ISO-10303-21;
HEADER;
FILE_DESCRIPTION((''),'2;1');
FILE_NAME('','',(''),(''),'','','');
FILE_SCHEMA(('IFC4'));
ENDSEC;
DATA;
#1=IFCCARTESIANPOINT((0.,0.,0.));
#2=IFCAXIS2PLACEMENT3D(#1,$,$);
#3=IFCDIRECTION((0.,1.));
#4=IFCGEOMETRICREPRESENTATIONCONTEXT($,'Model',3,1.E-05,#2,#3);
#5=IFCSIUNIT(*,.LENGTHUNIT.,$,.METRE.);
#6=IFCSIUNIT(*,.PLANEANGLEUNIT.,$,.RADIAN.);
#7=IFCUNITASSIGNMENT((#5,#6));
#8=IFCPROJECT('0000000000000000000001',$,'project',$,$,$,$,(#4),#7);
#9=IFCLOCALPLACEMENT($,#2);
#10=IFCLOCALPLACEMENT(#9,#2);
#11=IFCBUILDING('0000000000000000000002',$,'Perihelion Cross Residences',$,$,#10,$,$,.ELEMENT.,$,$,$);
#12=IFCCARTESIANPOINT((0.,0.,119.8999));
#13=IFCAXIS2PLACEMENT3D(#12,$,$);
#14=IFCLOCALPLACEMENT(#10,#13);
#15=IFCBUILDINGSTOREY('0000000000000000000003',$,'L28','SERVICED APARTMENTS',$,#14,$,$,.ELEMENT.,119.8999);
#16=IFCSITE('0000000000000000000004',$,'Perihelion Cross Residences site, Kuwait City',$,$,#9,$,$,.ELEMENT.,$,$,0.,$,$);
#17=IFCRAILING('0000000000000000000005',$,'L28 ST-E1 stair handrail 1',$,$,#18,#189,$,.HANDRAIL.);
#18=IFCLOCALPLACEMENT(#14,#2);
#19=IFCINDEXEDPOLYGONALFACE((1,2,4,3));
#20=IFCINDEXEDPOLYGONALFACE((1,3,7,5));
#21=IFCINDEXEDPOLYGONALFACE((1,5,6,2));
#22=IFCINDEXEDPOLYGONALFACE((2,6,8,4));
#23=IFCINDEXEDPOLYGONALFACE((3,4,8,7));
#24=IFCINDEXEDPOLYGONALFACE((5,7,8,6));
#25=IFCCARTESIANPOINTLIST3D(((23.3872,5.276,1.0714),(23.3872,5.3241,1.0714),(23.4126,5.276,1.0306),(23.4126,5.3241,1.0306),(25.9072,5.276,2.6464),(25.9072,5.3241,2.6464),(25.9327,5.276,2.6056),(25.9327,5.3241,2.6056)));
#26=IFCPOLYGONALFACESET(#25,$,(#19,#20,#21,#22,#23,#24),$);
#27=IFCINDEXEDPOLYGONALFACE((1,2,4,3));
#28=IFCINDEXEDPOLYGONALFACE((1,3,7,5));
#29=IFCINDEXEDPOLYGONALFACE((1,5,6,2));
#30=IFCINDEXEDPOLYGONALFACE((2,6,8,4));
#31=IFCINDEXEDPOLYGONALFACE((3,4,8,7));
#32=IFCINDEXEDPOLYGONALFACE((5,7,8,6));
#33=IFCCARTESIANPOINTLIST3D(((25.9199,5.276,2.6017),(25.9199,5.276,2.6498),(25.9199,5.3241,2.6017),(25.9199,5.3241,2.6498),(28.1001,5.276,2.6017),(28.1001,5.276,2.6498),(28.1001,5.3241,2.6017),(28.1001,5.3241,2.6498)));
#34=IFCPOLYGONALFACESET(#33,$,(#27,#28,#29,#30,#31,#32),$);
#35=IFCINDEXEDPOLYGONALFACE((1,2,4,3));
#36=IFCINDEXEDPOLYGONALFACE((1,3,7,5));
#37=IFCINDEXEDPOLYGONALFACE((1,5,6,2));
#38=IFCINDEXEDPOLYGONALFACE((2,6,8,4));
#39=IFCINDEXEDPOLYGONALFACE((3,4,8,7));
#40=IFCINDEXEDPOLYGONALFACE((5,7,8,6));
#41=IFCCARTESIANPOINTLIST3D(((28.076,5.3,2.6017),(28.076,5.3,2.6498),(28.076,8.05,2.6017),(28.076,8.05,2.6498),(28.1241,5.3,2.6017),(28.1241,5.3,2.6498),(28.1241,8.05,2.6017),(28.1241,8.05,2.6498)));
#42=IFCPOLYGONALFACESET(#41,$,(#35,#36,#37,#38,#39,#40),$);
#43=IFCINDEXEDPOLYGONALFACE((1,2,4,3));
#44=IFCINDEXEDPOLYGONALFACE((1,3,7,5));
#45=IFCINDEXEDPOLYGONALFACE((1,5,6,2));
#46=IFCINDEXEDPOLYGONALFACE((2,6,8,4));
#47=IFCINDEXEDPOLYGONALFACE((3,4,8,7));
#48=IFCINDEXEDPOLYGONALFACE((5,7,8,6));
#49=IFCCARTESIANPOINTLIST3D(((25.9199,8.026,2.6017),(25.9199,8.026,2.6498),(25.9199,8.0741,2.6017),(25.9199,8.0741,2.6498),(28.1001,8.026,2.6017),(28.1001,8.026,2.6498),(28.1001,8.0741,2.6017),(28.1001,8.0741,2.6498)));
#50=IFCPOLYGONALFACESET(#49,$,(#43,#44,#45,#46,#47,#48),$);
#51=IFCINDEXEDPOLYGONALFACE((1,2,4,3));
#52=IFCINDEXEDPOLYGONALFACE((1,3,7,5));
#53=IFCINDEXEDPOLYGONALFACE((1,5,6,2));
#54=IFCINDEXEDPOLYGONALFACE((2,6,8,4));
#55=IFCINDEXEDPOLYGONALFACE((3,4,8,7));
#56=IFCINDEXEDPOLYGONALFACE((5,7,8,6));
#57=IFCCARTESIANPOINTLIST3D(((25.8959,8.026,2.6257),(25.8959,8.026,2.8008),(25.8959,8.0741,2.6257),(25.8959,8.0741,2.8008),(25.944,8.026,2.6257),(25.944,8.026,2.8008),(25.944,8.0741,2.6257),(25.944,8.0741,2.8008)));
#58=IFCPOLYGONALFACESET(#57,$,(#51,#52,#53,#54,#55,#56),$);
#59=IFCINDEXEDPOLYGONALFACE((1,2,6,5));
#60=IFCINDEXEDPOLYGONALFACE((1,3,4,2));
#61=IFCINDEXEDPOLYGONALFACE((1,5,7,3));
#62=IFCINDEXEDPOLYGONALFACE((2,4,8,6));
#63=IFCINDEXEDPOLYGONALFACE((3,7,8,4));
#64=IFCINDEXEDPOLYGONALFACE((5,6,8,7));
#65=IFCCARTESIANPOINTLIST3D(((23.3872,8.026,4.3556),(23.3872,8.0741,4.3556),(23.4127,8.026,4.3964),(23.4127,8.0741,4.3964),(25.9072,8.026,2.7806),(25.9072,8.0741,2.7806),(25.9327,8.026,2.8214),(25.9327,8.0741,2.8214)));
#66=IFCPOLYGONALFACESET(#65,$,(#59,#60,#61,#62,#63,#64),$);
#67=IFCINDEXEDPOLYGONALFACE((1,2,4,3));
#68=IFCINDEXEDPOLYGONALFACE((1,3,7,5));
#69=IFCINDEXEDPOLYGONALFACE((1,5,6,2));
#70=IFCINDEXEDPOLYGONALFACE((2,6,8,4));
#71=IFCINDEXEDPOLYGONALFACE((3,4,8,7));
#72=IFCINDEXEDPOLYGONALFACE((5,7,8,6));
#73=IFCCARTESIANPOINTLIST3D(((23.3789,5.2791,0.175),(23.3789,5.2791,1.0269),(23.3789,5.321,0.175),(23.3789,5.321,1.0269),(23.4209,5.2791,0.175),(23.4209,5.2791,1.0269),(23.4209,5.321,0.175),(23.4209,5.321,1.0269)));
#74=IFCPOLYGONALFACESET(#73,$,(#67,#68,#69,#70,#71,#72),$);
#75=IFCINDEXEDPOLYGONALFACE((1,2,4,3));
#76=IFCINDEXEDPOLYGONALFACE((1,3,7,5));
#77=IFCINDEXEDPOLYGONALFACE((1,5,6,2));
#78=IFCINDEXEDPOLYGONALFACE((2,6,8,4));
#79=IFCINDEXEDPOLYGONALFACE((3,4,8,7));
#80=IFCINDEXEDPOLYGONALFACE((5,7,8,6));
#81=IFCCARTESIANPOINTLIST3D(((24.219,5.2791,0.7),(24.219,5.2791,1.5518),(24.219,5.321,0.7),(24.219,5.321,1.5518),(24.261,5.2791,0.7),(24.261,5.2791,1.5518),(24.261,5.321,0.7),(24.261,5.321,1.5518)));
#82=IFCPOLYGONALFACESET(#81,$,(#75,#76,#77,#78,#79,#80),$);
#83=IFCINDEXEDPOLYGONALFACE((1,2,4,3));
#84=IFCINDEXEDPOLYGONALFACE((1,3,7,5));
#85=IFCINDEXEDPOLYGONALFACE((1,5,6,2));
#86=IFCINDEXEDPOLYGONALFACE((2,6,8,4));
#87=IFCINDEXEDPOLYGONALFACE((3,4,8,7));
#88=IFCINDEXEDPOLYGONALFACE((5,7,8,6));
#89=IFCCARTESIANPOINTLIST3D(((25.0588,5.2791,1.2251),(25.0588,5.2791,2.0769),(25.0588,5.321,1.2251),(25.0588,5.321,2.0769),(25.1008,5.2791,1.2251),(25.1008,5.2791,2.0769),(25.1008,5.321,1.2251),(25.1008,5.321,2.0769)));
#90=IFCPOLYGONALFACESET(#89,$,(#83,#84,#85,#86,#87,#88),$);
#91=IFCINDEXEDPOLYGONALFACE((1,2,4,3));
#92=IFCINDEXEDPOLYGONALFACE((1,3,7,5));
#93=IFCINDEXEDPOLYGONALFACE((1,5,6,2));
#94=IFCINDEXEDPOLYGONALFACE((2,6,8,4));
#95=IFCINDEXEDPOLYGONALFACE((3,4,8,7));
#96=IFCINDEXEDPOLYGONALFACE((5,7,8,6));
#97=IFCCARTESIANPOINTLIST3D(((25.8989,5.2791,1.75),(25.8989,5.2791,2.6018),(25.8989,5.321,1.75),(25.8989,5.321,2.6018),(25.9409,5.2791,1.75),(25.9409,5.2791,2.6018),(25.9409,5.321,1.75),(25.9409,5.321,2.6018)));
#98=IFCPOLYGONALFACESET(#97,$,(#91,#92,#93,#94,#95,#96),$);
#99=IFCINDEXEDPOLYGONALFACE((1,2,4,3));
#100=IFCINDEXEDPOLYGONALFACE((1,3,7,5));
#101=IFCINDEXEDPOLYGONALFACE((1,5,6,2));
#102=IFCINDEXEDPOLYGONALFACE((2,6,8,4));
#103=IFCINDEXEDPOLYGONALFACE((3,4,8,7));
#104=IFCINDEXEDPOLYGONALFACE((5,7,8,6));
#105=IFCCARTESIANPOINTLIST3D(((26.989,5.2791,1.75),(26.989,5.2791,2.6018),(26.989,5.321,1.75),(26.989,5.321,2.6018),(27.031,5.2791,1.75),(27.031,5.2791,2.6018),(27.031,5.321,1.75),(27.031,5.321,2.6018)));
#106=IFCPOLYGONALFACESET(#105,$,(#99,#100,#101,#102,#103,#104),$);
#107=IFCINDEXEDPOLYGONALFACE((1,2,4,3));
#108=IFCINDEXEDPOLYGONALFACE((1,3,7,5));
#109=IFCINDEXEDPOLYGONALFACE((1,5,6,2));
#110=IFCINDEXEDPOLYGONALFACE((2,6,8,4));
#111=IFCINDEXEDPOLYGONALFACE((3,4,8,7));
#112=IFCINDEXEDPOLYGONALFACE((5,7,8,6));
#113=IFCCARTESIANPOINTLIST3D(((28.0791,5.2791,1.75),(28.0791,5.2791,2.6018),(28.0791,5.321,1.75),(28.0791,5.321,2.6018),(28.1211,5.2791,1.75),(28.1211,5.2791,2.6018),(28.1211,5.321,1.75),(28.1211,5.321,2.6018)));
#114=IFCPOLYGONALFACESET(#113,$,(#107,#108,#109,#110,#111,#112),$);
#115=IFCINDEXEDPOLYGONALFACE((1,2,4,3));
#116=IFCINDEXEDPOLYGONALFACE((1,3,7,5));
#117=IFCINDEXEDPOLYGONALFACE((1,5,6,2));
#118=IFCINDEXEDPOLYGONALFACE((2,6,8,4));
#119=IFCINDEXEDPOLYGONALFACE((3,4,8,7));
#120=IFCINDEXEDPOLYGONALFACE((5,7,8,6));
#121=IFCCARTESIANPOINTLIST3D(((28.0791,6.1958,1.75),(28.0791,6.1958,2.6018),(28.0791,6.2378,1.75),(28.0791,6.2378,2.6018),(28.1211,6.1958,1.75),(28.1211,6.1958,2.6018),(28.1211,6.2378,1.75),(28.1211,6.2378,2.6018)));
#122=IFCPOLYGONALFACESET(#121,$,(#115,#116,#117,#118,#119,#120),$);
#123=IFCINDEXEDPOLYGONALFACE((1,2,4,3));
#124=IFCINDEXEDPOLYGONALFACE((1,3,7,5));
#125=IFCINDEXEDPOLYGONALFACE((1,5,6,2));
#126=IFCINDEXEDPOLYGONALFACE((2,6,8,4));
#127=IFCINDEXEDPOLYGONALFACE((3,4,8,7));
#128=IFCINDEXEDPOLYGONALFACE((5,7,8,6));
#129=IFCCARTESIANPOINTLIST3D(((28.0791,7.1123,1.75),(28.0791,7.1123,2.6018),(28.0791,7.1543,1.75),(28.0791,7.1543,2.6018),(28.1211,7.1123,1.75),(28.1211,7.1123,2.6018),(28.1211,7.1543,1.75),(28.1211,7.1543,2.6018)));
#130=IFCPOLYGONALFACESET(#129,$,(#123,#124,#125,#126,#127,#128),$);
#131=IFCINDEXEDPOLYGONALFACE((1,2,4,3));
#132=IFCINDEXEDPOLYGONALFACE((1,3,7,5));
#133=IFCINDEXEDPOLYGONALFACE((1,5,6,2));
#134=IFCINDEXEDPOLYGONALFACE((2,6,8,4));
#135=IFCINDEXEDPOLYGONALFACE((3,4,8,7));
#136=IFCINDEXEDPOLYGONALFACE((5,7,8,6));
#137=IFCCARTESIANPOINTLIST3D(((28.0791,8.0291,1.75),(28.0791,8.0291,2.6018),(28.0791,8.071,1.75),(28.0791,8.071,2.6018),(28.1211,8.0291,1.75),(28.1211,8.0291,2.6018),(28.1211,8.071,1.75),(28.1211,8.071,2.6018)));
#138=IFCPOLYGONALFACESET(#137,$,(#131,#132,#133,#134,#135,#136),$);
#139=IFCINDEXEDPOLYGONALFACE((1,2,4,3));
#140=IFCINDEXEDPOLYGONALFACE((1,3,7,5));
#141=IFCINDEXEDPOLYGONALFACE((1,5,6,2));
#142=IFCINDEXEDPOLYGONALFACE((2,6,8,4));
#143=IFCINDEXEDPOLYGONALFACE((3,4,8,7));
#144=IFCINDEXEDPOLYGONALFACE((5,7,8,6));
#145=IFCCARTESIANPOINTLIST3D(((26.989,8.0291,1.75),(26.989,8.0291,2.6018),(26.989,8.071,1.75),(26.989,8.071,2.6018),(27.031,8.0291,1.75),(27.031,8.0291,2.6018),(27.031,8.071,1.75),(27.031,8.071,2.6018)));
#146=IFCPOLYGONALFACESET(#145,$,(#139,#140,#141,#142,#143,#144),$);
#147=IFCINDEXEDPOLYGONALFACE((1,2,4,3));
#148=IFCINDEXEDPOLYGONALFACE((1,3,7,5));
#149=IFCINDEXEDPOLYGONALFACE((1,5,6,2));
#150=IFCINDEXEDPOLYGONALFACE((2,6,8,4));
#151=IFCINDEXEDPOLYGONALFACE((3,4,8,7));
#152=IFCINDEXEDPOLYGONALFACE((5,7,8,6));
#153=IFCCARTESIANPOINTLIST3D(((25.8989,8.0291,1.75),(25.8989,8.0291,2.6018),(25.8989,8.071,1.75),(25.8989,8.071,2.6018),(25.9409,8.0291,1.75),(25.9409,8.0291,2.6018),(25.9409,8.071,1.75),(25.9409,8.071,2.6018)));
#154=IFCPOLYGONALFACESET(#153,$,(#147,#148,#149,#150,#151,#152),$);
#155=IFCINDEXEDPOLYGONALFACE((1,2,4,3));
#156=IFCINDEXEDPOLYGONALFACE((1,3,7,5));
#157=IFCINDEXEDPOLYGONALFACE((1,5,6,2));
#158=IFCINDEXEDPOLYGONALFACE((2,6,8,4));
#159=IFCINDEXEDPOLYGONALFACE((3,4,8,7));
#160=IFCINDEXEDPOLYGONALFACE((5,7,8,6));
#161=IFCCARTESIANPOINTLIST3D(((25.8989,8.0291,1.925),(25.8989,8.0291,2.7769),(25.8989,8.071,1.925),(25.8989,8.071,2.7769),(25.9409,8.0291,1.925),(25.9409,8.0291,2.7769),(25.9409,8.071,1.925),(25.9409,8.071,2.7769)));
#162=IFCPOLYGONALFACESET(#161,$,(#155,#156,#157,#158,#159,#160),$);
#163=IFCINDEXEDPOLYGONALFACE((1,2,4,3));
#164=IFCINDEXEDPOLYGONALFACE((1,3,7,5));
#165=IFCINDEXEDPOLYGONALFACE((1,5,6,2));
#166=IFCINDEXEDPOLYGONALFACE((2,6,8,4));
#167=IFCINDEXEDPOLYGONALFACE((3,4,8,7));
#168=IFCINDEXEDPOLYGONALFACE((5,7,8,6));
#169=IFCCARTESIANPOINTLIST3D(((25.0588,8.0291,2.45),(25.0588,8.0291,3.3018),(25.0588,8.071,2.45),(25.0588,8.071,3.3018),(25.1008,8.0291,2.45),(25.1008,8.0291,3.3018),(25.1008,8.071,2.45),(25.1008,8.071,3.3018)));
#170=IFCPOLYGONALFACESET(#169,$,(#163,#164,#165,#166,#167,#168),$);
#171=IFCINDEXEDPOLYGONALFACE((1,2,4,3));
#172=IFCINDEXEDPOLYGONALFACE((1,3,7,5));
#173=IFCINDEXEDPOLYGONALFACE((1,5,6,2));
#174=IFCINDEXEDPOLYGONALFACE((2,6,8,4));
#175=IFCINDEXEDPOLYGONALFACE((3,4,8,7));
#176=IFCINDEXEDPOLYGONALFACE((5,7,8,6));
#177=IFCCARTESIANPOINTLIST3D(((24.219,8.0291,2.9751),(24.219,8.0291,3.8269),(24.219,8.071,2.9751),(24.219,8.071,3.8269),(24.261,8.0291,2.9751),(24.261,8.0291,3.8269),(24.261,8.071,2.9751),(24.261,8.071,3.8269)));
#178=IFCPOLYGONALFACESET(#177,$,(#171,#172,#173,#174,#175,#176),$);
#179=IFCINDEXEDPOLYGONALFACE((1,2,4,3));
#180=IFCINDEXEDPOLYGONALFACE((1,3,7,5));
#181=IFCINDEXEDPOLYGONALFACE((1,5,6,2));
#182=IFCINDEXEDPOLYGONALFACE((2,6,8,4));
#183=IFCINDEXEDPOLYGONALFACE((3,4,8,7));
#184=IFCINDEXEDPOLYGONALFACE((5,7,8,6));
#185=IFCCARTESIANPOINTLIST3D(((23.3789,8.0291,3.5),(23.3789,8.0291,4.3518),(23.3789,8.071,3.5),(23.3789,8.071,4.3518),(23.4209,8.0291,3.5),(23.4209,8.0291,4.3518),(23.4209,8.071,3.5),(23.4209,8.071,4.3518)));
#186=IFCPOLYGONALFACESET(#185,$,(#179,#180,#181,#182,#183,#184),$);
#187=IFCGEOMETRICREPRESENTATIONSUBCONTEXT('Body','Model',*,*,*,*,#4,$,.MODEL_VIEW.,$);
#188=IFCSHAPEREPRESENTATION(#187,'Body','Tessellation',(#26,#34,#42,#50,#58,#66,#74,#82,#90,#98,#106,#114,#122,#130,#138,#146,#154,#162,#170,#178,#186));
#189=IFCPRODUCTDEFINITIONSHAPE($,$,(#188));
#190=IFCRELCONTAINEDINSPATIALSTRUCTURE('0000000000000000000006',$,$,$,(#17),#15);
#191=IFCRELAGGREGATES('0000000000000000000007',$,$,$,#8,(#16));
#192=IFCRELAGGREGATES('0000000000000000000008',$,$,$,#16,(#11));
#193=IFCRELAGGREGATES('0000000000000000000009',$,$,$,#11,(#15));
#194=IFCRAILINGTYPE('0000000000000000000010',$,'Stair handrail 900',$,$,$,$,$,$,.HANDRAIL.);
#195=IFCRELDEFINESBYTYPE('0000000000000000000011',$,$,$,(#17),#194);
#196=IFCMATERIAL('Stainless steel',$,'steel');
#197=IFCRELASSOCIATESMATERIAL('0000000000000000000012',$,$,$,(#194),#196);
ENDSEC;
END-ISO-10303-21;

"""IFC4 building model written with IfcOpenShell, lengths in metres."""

from ifc_helpers import new_model, si_unit, direction, frame, origin, origin_2d, place, context, subcontext, project, spatial, rectangle, extrude, material, type_object, element, save


model = new_model("IFC4")

# Units and contexts
model_context = context("Model", 3, precision=1e-05, world=origin(), true_north=direction((0.0, 1.0)))
body_context = subcontext(model_context, "Body", "Model", "MODEL_VIEW")
ifc_project = project(units=[si_unit("LENGTHUNIT", "METRE"), si_unit("PLANEANGLEUNIT", "RADIAN")], contexts=[model_context])

# Site, building, storey
site_placement = place(None, origin())
site = spatial("IfcSite", under=ifc_project, at=site_placement, Name="Perihelion Cross Residences site, Kuwait City", CompositionType="ELEMENT", RefElevation=0.0)
building_placement = place(site_placement, origin())
building = spatial("IfcBuilding", under=site, at=building_placement, Name="Perihelion Cross Residences", CompositionType="ELEMENT")
storey_placement = place(building_placement, frame((0.0, 0.0, 119.8999)))
storey = spatial("IfcBuildingStorey", under=building, at=storey_placement, Name="L28", Description="SERVICED APARTMENTS", CompositionType="ELEMENT", Elevation=119.8999)

# Railing
ifc_material_1 = material(Name="Stainless steel", Category="steel")
railing_type = type_object("IfcRailingType", Name="Stair handrail 900", PredefinedType="HANDRAIL", material=ifc_material_1)
railing_placement = place(storey_placement, frame((23.3999, 5.3, 0.175)))
element("IfcRailing", 1, at=railing_placement, inside=storey, type_object=railing_type, Name="L28 ST-E1 stair handrail 1", PredefinedType="HANDRAIL", context=body_context, shape_type="SweptSolid", body=[
    extrude(rectangle(XDim=0.0481, YDim=0.0481, at=origin_2d()), frame((0.0, 0.0, 0.876), z_axis=(0.848008, 0.0, 0.529984), x_axis=(0.0, 1.0, 0.0)), (0.0, 0.0, 1.0), 2.9717),
    extrude(rectangle(XDim=0.0481, YDim=0.0481, at=origin_2d()), frame((2.52, 0.0, 2.4507), z_axis=(1.0, 0.0, 0.0), x_axis=(0.0, 1.0, 0.0)), (0.0, 0.0, 1.0), 2.1802),
    extrude(rectangle(XDim=0.0481, YDim=0.0481, at=origin_2d()), frame((4.7002, 0.0, 2.4507), z_axis=(0.0, 1.0, 0.0), x_axis=(-1.0, 0.0, 0.0)), (0.0, 0.0, 1.0), 2.75),
    extrude(rectangle(XDim=0.0481, YDim=0.0481, at=origin_2d()), frame((4.7002, 2.75, 2.4507), z_axis=(-1.0, 0.0, 0.0), x_axis=(0.0, -1.0, 0.0)), (0.0, 0.0, 1.0), 2.1802),
    extrude(rectangle(XDim=0.0481, YDim=0.0481, at=origin_2d()), frame((2.52, 2.75, 2.4507), z_axis=(0.0, 0.0, 1.0), x_axis=(1.0, 0.0, 0.0)), (0.0, 0.0, 1.0), 0.175),
    extrude(rectangle(XDim=0.0481, YDim=0.0481, at=origin_2d()), frame((2.52, 2.75, 2.626), z_axis=(-0.848008, 0.0, 0.529984), x_axis=(0.0, -1.0, 0.0)), (0.0, 0.0, 1.0), 2.9717),
    extrude(rectangle(XDim=0.042, YDim=0.042, at=origin_2d()), origin(), (0.0, 0.0, 1.0), 0.8518),
    extrude(rectangle(XDim=0.042, YDim=0.042, at=origin_2d()), frame((0.8401, 0.0, 0.5249)), (0.0, 0.0, 1.0), 0.8518),
    extrude(rectangle(XDim=0.042, YDim=0.042, at=origin_2d()), frame((1.6799, 0.0, 1.05)), (0.0, 0.0, 1.0), 0.8518),
    extrude(rectangle(XDim=0.042, YDim=0.042, at=origin_2d()), frame((2.52, 0.0, 1.575)), (0.0, 0.0, 1.0), 0.8518),
    extrude(rectangle(XDim=0.042, YDim=0.042, at=origin_2d()), frame((3.6101, 0.0, 1.575)), (0.0, 0.0, 1.0), 0.8518),
    extrude(rectangle(XDim=0.042, YDim=0.042, at=origin_2d()), frame((4.7002, 0.0, 1.575)), (0.0, 0.0, 1.0), 0.8518),
    extrude(rectangle(XDim=0.042, YDim=0.042, at=origin_2d()), frame((4.7002, 0.9167, 1.575)), (0.0, 0.0, 1.0), 0.8518),
    extrude(rectangle(XDim=0.042, YDim=0.042, at=origin_2d()), frame((4.7002, 1.8333, 1.575)), (0.0, 0.0, 1.0), 0.8518),
    extrude(rectangle(XDim=0.042, YDim=0.042, at=origin_2d()), frame((4.7002, 2.75, 1.575)), (0.0, 0.0, 1.0), 0.8518),
    extrude(rectangle(XDim=0.042, YDim=0.042, at=origin_2d()), frame((3.6101, 2.75, 1.575)), (0.0, 0.0, 1.0), 0.8518),
    extrude(rectangle(XDim=0.042, YDim=0.042, at=origin_2d()), frame((2.52, 2.75, 1.575)), (0.0, 0.0, 1.0), 0.8518),
    extrude(rectangle(XDim=0.042, YDim=0.042, at=origin_2d()), frame((2.52, 2.75, 1.75)), (0.0, 0.0, 1.0), 0.8518),
    extrude(rectangle(XDim=0.042, YDim=0.042, at=origin_2d()), frame((1.6799, 2.75, 2.2749)), (0.0, 0.0, 1.0), 0.8518),
    extrude(rectangle(XDim=0.042, YDim=0.042, at=origin_2d()), frame((0.8401, 2.75, 2.8)), (0.0, 0.0, 1.0), 0.8518),
    extrude(rectangle(XDim=0.042, YDim=0.042, at=origin_2d()), frame((0.0, 2.75, 3.325)), (0.0, 0.0, 1.0), 0.8518),
])

save(model, "model.ifc")
